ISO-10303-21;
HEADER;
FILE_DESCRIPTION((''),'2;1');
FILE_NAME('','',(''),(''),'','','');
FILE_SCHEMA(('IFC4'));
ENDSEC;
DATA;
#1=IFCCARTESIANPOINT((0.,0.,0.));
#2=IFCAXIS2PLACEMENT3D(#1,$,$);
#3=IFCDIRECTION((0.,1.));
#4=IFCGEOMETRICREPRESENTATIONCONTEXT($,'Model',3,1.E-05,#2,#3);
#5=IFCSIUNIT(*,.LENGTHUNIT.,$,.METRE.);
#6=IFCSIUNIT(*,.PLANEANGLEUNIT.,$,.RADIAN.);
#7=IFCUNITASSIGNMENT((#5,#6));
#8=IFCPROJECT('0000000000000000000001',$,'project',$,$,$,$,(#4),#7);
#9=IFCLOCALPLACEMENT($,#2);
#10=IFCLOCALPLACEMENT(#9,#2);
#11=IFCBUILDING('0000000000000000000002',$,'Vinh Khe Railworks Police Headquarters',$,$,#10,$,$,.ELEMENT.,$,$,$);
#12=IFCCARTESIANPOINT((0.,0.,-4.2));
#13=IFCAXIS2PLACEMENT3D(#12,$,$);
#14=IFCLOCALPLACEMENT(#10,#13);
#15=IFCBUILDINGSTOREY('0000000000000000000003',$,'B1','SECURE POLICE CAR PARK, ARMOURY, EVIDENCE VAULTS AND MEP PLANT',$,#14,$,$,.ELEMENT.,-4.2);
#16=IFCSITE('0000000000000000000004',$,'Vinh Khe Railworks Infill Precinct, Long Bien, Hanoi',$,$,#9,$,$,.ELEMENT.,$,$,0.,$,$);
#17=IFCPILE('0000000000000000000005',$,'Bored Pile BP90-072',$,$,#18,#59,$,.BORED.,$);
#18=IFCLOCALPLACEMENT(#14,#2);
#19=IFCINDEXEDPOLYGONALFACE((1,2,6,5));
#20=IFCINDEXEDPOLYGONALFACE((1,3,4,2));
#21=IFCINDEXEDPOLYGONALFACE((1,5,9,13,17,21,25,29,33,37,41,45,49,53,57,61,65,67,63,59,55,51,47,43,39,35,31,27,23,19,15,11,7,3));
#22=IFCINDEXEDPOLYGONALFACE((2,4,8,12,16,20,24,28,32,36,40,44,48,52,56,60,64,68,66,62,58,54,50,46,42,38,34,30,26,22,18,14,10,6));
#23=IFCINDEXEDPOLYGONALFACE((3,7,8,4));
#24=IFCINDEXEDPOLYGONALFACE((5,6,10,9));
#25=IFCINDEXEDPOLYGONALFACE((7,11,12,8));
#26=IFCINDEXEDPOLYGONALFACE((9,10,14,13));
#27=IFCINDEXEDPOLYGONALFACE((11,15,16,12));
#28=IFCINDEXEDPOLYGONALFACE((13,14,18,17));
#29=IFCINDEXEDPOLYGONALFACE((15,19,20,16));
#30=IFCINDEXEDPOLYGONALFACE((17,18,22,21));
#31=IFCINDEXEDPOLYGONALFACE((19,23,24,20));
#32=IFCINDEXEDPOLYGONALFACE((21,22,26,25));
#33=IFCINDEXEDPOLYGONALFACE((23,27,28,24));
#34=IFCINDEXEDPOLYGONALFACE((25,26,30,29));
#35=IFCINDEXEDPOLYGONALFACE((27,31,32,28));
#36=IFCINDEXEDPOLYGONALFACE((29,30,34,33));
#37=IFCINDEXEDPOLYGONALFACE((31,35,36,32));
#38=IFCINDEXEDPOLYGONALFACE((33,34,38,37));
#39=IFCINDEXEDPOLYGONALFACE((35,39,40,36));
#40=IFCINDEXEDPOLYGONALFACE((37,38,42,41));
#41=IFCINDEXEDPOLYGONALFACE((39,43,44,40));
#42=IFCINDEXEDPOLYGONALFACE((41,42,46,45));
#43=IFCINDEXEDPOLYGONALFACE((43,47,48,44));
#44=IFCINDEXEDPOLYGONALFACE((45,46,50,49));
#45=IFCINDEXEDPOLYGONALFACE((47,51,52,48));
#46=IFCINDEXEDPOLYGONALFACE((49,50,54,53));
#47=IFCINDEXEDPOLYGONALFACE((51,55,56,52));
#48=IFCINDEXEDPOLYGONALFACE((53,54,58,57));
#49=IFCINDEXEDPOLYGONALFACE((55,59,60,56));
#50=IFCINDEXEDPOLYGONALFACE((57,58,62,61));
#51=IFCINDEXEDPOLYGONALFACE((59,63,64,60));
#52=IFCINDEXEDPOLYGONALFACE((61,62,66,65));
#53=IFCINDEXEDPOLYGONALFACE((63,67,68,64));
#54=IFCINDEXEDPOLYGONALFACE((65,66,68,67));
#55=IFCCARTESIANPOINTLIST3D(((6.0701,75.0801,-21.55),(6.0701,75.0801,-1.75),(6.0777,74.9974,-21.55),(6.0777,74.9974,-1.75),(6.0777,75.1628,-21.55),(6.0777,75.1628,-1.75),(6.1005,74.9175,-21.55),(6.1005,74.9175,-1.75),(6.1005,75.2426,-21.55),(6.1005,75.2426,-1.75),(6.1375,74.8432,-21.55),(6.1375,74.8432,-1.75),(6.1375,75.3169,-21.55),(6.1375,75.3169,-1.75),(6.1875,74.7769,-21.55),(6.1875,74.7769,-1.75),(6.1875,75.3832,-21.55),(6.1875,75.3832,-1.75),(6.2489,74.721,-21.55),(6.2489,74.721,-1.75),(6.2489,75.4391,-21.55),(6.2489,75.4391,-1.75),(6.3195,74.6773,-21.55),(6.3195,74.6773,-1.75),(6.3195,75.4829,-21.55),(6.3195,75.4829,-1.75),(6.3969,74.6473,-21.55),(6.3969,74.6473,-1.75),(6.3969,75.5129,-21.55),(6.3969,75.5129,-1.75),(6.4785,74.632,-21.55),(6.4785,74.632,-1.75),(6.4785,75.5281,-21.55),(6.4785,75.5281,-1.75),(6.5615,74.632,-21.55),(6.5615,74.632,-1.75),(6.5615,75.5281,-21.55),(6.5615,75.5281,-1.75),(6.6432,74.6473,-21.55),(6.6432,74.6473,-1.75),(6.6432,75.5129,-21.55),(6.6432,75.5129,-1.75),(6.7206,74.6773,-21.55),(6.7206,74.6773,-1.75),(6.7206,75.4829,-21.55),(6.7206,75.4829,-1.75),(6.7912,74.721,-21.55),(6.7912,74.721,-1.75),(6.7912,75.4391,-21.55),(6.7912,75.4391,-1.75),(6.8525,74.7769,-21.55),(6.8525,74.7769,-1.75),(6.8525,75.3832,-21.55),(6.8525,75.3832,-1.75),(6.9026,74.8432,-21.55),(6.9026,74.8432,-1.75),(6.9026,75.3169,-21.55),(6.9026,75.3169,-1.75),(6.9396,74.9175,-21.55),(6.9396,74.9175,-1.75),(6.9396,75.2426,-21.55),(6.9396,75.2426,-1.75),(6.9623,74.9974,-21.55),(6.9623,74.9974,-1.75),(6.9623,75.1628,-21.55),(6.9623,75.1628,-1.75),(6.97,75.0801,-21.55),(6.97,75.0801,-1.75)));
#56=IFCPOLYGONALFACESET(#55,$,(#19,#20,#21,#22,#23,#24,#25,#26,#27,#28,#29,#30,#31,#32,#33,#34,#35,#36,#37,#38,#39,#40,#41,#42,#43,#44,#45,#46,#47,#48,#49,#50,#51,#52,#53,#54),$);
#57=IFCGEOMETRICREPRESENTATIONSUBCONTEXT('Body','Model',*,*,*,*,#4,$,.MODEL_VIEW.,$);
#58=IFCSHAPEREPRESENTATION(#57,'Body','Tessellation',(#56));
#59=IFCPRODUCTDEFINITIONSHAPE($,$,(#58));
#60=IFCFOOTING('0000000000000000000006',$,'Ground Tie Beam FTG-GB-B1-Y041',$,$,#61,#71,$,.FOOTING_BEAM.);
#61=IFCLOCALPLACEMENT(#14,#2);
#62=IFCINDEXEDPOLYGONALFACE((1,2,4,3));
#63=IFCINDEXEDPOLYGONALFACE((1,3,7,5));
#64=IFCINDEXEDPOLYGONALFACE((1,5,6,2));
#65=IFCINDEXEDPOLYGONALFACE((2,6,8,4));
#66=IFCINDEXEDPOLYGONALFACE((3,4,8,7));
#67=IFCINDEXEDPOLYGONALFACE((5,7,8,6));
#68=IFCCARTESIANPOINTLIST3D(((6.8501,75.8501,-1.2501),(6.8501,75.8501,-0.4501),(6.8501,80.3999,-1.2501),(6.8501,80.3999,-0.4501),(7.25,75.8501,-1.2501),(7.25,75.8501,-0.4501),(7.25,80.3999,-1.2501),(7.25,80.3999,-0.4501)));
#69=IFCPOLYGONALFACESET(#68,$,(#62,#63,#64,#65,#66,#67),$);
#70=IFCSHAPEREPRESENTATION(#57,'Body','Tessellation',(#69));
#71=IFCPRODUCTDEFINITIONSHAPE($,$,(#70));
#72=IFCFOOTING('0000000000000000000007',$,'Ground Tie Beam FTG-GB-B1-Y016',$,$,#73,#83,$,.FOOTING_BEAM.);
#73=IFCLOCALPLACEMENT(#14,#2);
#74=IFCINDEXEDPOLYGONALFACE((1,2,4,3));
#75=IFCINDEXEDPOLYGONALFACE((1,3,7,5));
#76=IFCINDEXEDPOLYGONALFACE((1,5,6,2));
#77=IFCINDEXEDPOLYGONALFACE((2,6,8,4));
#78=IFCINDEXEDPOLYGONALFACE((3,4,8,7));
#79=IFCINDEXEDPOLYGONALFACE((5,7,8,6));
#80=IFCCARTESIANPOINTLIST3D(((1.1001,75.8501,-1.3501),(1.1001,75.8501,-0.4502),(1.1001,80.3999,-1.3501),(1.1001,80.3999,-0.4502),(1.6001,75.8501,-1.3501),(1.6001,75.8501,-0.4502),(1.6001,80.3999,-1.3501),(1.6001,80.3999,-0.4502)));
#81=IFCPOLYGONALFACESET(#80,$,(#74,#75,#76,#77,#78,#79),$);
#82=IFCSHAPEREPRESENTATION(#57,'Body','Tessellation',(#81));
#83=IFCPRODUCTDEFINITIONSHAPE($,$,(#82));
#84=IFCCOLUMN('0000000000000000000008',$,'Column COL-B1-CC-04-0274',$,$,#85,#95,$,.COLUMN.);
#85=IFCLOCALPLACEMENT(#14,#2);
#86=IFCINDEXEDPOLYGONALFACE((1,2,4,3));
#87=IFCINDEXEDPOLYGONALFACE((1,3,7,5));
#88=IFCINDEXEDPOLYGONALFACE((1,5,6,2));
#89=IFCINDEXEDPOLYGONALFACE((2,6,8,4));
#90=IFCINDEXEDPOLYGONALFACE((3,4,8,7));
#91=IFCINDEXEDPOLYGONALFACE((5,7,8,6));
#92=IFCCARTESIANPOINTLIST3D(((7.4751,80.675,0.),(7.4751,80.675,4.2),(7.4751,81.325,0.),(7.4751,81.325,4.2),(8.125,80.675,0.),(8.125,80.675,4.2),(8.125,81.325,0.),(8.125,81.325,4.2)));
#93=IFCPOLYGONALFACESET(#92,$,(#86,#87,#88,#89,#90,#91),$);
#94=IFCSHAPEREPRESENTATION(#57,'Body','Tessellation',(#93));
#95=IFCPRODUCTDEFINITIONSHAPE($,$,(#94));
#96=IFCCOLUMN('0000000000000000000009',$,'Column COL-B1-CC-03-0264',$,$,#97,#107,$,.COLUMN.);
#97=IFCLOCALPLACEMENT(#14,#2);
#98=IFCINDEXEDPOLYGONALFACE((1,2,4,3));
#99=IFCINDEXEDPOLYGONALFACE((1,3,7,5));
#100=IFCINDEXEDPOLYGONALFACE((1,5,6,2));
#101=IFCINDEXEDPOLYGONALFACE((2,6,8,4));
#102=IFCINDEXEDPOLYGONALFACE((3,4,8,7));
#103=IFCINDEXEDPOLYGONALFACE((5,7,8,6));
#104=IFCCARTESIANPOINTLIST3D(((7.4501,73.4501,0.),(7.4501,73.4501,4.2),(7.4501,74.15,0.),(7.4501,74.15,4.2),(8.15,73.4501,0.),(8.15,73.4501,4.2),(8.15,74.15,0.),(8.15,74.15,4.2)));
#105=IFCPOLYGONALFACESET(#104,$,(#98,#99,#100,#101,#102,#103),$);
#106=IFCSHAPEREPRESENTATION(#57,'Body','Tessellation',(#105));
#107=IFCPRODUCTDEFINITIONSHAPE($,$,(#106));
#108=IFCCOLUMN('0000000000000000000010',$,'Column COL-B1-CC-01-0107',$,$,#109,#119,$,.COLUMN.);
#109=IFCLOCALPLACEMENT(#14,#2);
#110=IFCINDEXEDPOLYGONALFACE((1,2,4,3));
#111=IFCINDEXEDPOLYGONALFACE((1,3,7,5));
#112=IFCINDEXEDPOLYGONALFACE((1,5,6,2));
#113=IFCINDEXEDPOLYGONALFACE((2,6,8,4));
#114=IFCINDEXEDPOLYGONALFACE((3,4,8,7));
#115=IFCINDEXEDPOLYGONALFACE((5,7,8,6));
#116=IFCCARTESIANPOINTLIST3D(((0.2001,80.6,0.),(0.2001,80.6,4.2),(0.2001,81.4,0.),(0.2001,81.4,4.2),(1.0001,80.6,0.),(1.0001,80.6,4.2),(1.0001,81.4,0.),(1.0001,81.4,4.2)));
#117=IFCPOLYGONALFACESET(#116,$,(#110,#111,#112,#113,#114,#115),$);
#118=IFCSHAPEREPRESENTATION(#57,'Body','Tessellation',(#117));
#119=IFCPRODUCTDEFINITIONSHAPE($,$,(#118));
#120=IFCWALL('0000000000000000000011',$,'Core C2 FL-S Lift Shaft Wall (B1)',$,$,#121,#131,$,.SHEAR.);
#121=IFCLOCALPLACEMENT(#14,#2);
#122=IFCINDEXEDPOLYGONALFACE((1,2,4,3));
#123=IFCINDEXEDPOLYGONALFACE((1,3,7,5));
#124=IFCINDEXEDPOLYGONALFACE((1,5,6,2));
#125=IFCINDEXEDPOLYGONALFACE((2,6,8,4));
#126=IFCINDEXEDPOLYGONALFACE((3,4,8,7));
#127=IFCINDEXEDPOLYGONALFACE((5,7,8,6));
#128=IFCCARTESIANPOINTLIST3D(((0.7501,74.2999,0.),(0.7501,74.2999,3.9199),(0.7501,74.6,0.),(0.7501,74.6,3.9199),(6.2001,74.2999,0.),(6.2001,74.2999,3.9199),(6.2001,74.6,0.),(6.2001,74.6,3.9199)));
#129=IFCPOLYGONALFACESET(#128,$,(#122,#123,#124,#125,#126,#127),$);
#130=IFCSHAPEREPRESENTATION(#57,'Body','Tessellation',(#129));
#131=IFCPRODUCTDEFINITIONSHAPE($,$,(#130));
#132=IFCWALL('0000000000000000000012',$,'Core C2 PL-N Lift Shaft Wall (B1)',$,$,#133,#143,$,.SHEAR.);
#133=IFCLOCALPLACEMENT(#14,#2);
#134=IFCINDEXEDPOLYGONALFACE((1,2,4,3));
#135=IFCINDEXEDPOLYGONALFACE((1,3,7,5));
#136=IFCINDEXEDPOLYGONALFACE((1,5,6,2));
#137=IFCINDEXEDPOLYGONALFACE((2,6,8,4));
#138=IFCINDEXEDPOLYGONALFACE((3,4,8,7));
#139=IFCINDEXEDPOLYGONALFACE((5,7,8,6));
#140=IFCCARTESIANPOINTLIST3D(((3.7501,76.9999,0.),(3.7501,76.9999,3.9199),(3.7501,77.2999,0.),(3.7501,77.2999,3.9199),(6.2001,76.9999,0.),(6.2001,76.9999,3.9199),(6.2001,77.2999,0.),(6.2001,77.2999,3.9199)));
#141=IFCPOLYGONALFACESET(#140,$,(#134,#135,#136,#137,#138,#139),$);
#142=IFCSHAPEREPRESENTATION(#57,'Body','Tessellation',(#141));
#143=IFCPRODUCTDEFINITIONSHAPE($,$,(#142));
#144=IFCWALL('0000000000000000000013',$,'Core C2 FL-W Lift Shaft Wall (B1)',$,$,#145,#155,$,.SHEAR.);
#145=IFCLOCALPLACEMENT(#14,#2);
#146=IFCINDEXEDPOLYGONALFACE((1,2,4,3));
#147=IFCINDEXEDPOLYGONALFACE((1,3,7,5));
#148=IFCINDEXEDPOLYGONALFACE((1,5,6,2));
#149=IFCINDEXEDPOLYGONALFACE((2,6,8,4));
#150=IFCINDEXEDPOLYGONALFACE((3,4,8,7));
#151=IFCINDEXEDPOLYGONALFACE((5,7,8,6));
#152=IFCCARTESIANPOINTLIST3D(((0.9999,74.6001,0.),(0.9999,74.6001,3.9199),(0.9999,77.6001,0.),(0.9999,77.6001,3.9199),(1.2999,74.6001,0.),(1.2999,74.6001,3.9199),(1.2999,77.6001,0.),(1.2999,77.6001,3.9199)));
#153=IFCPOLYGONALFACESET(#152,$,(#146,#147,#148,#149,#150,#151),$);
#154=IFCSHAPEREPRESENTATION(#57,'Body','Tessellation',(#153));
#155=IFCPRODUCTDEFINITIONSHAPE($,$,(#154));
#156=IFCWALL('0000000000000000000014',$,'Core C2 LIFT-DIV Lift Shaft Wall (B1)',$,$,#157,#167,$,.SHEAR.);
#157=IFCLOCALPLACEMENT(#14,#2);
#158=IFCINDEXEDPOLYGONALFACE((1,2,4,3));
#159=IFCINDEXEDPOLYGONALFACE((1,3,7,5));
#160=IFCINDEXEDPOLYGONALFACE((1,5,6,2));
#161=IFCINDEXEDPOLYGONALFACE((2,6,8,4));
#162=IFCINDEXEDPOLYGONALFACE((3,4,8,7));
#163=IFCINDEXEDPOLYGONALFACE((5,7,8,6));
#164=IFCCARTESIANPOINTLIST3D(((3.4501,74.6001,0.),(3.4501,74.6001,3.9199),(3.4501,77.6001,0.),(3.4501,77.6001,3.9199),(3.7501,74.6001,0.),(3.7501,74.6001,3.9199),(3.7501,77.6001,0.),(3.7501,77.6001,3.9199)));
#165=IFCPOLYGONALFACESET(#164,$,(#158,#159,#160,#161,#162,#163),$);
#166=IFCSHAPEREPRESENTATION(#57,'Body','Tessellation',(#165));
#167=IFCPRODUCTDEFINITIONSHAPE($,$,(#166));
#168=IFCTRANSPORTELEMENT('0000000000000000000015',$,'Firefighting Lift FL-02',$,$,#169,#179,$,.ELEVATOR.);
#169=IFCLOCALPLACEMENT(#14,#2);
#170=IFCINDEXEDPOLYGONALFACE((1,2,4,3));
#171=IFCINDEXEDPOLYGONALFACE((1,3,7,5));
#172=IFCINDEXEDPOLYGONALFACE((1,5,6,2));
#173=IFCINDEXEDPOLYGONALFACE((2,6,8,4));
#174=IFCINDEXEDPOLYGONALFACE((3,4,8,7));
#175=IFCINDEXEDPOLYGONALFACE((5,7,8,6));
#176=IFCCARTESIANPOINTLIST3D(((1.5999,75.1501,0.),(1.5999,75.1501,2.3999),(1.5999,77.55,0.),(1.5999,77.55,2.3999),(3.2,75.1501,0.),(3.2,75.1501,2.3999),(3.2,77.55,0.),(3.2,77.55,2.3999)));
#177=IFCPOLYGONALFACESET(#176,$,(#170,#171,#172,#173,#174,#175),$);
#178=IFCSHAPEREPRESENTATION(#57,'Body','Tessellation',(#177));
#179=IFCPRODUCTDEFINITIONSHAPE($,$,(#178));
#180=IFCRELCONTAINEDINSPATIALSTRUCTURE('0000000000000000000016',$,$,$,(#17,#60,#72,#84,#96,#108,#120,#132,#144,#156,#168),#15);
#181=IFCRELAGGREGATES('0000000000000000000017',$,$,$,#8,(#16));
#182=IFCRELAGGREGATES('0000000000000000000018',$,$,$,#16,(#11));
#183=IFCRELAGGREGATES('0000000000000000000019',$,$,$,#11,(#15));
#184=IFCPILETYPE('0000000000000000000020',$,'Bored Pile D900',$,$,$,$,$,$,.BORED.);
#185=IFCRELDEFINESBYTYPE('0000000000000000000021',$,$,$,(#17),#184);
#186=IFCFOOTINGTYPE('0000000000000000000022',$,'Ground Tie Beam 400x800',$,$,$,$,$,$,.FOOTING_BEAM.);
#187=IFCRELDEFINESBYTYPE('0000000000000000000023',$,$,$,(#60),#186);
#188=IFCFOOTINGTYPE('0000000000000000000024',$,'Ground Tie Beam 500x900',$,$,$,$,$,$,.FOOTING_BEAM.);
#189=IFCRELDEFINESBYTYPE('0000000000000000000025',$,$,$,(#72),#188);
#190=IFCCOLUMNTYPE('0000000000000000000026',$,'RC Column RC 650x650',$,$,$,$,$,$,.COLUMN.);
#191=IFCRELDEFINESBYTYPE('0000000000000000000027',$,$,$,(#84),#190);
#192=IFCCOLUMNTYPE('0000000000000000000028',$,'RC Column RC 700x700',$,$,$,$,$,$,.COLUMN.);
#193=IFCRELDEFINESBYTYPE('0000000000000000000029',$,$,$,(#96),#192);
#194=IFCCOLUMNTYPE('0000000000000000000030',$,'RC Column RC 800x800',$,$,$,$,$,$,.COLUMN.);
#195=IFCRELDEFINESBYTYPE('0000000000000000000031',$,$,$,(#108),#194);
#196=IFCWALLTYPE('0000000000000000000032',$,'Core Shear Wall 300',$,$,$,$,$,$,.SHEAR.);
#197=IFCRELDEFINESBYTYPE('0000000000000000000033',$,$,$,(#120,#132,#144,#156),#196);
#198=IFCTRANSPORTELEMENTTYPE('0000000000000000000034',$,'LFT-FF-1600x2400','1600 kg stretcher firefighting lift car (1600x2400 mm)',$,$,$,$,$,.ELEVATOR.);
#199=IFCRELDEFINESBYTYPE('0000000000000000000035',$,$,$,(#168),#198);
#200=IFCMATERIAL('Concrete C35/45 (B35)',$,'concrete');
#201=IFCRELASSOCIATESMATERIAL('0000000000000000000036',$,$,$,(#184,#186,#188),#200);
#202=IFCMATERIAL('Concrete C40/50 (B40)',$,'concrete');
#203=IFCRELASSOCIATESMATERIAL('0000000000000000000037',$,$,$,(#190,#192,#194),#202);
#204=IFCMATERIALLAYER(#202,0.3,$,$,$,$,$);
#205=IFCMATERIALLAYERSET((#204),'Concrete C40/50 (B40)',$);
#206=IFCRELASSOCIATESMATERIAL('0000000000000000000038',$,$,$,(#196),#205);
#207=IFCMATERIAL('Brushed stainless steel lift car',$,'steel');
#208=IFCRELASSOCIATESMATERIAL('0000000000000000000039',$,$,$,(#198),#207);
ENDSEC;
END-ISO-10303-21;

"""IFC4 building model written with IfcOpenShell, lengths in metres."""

from ifc_helpers import new_model, si_unit, direction, frame, frame_2d, origin, origin_2d, place, context, subcontext, project, spatial, rectangle, circle, extrude, material, layer, layer_set, material_profile, profile_set, type_object, element, save


model = new_model("IFC4")

# Units and contexts
model_context = context("Model", 3, precision=1e-05, world=origin(), true_north=direction((0.0, 1.0)))
body_context = subcontext(model_context, "Body", "Model", "MODEL_VIEW")
ifc_project = project(units=[si_unit("LENGTHUNIT", "METRE"), si_unit("PLANEANGLEUNIT", "RADIAN")], contexts=[model_context])

# Site, building, storey
site_placement = place(None, origin())
site = spatial("IfcSite", under=ifc_project, at=site_placement, Name="Vinh Khe Railworks Infill Precinct, Long Bien, Hanoi", CompositionType="ELEMENT", RefElevation=0.0)
building_placement = place(site_placement, origin())
building = spatial("IfcBuilding", under=site, at=building_placement, Name="Vinh Khe Railworks Police Headquarters", CompositionType="ELEMENT")
storey_placement = place(building_placement, frame((0.0, 0.0, -4.2)))
storey = spatial("IfcBuildingStorey", under=building, at=storey_placement, Name="B1", Description="SECURE POLICE CAR PARK, ARMOURY, EVIDENCE VAULTS AND MEP PLANT", CompositionType="ELEMENT", Elevation=-4.2)

# Pile
ifc_material_1 = material(Name="Concrete C35/45 (B35)", Category="concrete")
ifc_material_profile_1 = material_profile(ifc_material_1, circle(Radius=0.45, at=origin_2d()), Name="BORED PILE D900")
ifc_profile_set_1 = profile_set([ifc_material_profile_1], Name="Concrete C35/45 (B35)")
pile_type_1 = type_object("IfcPileType", Name="Bored Pile D900", PredefinedType="BORED", material=ifc_profile_set_1)
for number, where, z_axis, x_axis, name in (
    (1, (6.52, 75.0801, -1.75), (0.0, 0.0, -1.0), (1.0, 0.0, 0.0), "Bored Pile BP90-072"),
):
    element("IfcPile", number, at=place(storey_placement, frame(where, z_axis=z_axis, x_axis=x_axis)), inside=storey, type_object=pile_type_1, Name=name, PredefinedType="BORED", context=body_context, shape_type="SweptSolid", body=[
        extrude(circle(Radius=0.45, at=origin_2d()), origin(), (0.0, 0.0, 1.0), 19.8),
    ])

# Footings
ifc_material_profile_2 = material_profile(ifc_material_1, rectangle(XDim=0.3999, YDim=0.8, at=origin_2d()), Name="RC 400x800")
ifc_profile_set_2 = profile_set([ifc_material_profile_2], Name="Concrete C35/45 (B35)")
footing_type_1 = type_object("IfcFootingType", Name="Ground Tie Beam 400x800", PredefinedType="FOOTING_BEAM", material=ifc_profile_set_2)
footing_1_placement = place(storey_placement, frame((7.05, 75.8501, -0.8501), z_axis=(0.0, 1.0, 0.0), x_axis=(-1.0, 0.0, 0.0)))
element("IfcFooting", 2, at=footing_1_placement, inside=storey, type_object=footing_type_1, Name="Ground Tie Beam FTG-GB-B1-Y041", PredefinedType="FOOTING_BEAM", context=body_context, shape_type="SweptSolid", body=[
    extrude(rectangle(XDim=0.3999, YDim=0.8, at=origin_2d()), origin(), (0.0, 0.0, 1.0), 4.5498),
])
ifc_material_profile_3 = material_profile(ifc_material_1, rectangle(XDim=0.5, YDim=0.8999, at=origin_2d()), Name="RC 500x900")
ifc_profile_set_3 = profile_set([ifc_material_profile_3], Name="Concrete C35/45 (B35)")
footing_type_2 = type_object("IfcFootingType", Name="Ground Tie Beam 500x900", PredefinedType="FOOTING_BEAM", material=ifc_profile_set_3)
footing_2_placement = place(storey_placement, frame((1.3501, 75.8501, -0.9001), z_axis=(0.0, 1.0, 0.0), x_axis=(-1.0, 0.0, 0.0)))
element("IfcFooting", 3, at=footing_2_placement, inside=storey, type_object=footing_type_2, Name="Ground Tie Beam FTG-GB-B1-Y016", PredefinedType="FOOTING_BEAM", context=body_context, shape_type="SweptSolid", body=[
    extrude(rectangle(XDim=0.5, YDim=0.8999, at=origin_2d()), origin(), (0.0, 0.0, 1.0), 4.5498),
])

# Columns
ifc_material_2 = material(Name="Concrete C40/50 (B40)", Category="concrete")
ifc_material_profile_4 = material_profile(ifc_material_2, rectangle(XDim=0.6499, YDim=0.6499, at=origin_2d()), Name="RC 650x650")
ifc_profile_set_4 = profile_set([ifc_material_profile_4], Name="Concrete C40/50 (B40)")
column_type_1 = type_object("IfcColumnType", Name="RC Column RC 650x650", PredefinedType="COLUMN", material=ifc_profile_set_4)
column_1_placement = place(storey_placement, frame((7.8, 81.0, 0.0), z_axis=(0.0, 0.0, 1.0), x_axis=(1.0, 0.0, 0.0)))
element("IfcColumn", 4, at=column_1_placement, inside=storey, type_object=column_type_1, Name="Column COL-B1-CC-04-0274", PredefinedType="COLUMN", context=body_context, shape_type="SweptSolid", body=[
    extrude(rectangle(XDim=0.6499, YDim=0.6499, at=origin_2d()), origin(), (0.0, 0.0, 1.0), 4.2),
])
ifc_material_profile_5 = material_profile(ifc_material_2, rectangle(XDim=0.7, YDim=0.7, at=origin_2d()), Name="RC 700x700")
ifc_profile_set_5 = profile_set([ifc_material_profile_5], Name="Concrete C40/50 (B40)")
column_type_2 = type_object("IfcColumnType", Name="RC Column RC 700x700", PredefinedType="COLUMN", material=ifc_profile_set_5)
column_2_placement = place(storey_placement, frame((7.8, 73.8, 0.0), z_axis=(0.0, 0.0, 1.0), x_axis=(1.0, 0.0, 0.0)))
element("IfcColumn", 5, at=column_2_placement, inside=storey, type_object=column_type_2, Name="Column COL-B1-CC-03-0264", PredefinedType="COLUMN", context=body_context, shape_type="SweptSolid", body=[
    extrude(rectangle(XDim=0.7, YDim=0.7, at=origin_2d()), origin(), (0.0, 0.0, 1.0), 4.2),
])
ifc_material_profile_6 = material_profile(ifc_material_2, rectangle(XDim=0.8, YDim=0.8, at=origin_2d()), Name="RC 800x800")
ifc_profile_set_6 = profile_set([ifc_material_profile_6], Name="Concrete C40/50 (B40)")
column_type_3 = type_object("IfcColumnType", Name="RC Column RC 800x800", PredefinedType="COLUMN", material=ifc_profile_set_6)
column_3_placement = place(storey_placement, frame((0.6001, 81.0, 0.0), z_axis=(0.0, 0.0, 1.0), x_axis=(1.0, 0.0, 0.0)))
element("IfcColumn", 6, at=column_3_placement, inside=storey, type_object=column_type_3, Name="Column COL-B1-CC-01-0107", PredefinedType="COLUMN", context=body_context, shape_type="SweptSolid", body=[
    extrude(rectangle(XDim=0.8, YDim=0.8, at=origin_2d()), origin(), (0.0, 0.0, 1.0), 4.2),
])

# Wall
ifc_layer_1 = layer(ifc_material_2, 0.3)
ifc_layer_set_1 = layer_set([ifc_layer_1], Name="Concrete C40/50 (B40)")
wall_type_1 = type_object("IfcWallType", Name="Core Shear Wall 300", PredefinedType="SHEAR", material=ifc_layer_set_1)
wall_1_placement = place(storey_placement, frame((0.75, 74.45, 0.0), z_axis=(0.0, 0.0, 1.0), x_axis=(1.0, 0.0, 0.0)))
element("IfcWall", 7, at=wall_1_placement, inside=storey, type_object=wall_type_1, Name="Core C2 FL-S Lift Shaft Wall (B1)", PredefinedType="SHEAR", context=body_context, shape_type="SweptSolid", body=[
    extrude(rectangle(XDim=5.45, YDim=0.3, at=frame_2d((2.7251, 0.0))), origin(), (0.0, 0.0, 1.0), 3.9199),
])

# Walls
wall_2_placement = place(storey_placement, frame((3.75, 77.1499, 0.0), z_axis=(0.0, 0.0, 1.0), x_axis=(1.0, 0.0, 0.0)))
element("IfcWall", 8, at=wall_2_placement, inside=storey, type_object=wall_type_1, Name="Core C2 PL-N Lift Shaft Wall (B1)", PredefinedType="SHEAR", context=body_context, shape_type="SweptSolid", body=[
    extrude(rectangle(XDim=2.45, YDim=0.3, at=frame_2d((1.2251, 0.0))), origin(), (0.0, 0.0, 1.0), 3.9199),
])
for number, where, z_axis, x_axis, name in (
    (9, (1.1499, 74.6001, 0.0), (0.0, 0.0, 1.0), (0.0, 1.0, 0.0), "Core C2 FL-W Lift Shaft Wall (B1)"),
    (10, (3.6001, 74.6001, 0.0), (0.0, 0.0, 1.0), (0.0, 1.0, 0.0), "Core C2 LIFT-DIV Lift Shaft Wall (B1)"),
):
    element("IfcWall", number, at=place(storey_placement, frame(where, z_axis=z_axis, x_axis=x_axis)), inside=storey, type_object=wall_type_1, Name=name, PredefinedType="SHEAR", context=body_context, shape_type="SweptSolid", body=[
        extrude(rectangle(XDim=3.0, YDim=0.3, at=frame_2d((1.5, 0.0))), origin(), (0.0, 0.0, 1.0), 3.9199),
    ])

# Transport element
ifc_material_3 = material(Name="Brushed stainless steel lift car", Category="steel")
transport_element_type_1 = type_object("IfcTransportElementType", Name="LFT-FF-1600x2400", Description="1600 kg stretcher firefighting lift car (1600x2400 mm)", PredefinedType="ELEVATOR", material=ifc_material_3)
transport_element_1_placement = place(storey_placement, frame((2.3999, 76.3501, 0.0), z_axis=(0.0, 0.0, 1.0), x_axis=(1.0, 0.0, 0.0)))
element("IfcTransportElement", 11, at=transport_element_1_placement, inside=storey, type_object=transport_element_type_1, Name="Firefighting Lift FL-02", PredefinedType="ELEVATOR", context=body_context, shape_type="SweptSolid", body=[
    extrude(rectangle(XDim=1.6001, YDim=2.3999, at=origin_2d()), origin(), (0.0, 0.0, 1.0), 2.3999),
])

save(model, "model.ifc")
